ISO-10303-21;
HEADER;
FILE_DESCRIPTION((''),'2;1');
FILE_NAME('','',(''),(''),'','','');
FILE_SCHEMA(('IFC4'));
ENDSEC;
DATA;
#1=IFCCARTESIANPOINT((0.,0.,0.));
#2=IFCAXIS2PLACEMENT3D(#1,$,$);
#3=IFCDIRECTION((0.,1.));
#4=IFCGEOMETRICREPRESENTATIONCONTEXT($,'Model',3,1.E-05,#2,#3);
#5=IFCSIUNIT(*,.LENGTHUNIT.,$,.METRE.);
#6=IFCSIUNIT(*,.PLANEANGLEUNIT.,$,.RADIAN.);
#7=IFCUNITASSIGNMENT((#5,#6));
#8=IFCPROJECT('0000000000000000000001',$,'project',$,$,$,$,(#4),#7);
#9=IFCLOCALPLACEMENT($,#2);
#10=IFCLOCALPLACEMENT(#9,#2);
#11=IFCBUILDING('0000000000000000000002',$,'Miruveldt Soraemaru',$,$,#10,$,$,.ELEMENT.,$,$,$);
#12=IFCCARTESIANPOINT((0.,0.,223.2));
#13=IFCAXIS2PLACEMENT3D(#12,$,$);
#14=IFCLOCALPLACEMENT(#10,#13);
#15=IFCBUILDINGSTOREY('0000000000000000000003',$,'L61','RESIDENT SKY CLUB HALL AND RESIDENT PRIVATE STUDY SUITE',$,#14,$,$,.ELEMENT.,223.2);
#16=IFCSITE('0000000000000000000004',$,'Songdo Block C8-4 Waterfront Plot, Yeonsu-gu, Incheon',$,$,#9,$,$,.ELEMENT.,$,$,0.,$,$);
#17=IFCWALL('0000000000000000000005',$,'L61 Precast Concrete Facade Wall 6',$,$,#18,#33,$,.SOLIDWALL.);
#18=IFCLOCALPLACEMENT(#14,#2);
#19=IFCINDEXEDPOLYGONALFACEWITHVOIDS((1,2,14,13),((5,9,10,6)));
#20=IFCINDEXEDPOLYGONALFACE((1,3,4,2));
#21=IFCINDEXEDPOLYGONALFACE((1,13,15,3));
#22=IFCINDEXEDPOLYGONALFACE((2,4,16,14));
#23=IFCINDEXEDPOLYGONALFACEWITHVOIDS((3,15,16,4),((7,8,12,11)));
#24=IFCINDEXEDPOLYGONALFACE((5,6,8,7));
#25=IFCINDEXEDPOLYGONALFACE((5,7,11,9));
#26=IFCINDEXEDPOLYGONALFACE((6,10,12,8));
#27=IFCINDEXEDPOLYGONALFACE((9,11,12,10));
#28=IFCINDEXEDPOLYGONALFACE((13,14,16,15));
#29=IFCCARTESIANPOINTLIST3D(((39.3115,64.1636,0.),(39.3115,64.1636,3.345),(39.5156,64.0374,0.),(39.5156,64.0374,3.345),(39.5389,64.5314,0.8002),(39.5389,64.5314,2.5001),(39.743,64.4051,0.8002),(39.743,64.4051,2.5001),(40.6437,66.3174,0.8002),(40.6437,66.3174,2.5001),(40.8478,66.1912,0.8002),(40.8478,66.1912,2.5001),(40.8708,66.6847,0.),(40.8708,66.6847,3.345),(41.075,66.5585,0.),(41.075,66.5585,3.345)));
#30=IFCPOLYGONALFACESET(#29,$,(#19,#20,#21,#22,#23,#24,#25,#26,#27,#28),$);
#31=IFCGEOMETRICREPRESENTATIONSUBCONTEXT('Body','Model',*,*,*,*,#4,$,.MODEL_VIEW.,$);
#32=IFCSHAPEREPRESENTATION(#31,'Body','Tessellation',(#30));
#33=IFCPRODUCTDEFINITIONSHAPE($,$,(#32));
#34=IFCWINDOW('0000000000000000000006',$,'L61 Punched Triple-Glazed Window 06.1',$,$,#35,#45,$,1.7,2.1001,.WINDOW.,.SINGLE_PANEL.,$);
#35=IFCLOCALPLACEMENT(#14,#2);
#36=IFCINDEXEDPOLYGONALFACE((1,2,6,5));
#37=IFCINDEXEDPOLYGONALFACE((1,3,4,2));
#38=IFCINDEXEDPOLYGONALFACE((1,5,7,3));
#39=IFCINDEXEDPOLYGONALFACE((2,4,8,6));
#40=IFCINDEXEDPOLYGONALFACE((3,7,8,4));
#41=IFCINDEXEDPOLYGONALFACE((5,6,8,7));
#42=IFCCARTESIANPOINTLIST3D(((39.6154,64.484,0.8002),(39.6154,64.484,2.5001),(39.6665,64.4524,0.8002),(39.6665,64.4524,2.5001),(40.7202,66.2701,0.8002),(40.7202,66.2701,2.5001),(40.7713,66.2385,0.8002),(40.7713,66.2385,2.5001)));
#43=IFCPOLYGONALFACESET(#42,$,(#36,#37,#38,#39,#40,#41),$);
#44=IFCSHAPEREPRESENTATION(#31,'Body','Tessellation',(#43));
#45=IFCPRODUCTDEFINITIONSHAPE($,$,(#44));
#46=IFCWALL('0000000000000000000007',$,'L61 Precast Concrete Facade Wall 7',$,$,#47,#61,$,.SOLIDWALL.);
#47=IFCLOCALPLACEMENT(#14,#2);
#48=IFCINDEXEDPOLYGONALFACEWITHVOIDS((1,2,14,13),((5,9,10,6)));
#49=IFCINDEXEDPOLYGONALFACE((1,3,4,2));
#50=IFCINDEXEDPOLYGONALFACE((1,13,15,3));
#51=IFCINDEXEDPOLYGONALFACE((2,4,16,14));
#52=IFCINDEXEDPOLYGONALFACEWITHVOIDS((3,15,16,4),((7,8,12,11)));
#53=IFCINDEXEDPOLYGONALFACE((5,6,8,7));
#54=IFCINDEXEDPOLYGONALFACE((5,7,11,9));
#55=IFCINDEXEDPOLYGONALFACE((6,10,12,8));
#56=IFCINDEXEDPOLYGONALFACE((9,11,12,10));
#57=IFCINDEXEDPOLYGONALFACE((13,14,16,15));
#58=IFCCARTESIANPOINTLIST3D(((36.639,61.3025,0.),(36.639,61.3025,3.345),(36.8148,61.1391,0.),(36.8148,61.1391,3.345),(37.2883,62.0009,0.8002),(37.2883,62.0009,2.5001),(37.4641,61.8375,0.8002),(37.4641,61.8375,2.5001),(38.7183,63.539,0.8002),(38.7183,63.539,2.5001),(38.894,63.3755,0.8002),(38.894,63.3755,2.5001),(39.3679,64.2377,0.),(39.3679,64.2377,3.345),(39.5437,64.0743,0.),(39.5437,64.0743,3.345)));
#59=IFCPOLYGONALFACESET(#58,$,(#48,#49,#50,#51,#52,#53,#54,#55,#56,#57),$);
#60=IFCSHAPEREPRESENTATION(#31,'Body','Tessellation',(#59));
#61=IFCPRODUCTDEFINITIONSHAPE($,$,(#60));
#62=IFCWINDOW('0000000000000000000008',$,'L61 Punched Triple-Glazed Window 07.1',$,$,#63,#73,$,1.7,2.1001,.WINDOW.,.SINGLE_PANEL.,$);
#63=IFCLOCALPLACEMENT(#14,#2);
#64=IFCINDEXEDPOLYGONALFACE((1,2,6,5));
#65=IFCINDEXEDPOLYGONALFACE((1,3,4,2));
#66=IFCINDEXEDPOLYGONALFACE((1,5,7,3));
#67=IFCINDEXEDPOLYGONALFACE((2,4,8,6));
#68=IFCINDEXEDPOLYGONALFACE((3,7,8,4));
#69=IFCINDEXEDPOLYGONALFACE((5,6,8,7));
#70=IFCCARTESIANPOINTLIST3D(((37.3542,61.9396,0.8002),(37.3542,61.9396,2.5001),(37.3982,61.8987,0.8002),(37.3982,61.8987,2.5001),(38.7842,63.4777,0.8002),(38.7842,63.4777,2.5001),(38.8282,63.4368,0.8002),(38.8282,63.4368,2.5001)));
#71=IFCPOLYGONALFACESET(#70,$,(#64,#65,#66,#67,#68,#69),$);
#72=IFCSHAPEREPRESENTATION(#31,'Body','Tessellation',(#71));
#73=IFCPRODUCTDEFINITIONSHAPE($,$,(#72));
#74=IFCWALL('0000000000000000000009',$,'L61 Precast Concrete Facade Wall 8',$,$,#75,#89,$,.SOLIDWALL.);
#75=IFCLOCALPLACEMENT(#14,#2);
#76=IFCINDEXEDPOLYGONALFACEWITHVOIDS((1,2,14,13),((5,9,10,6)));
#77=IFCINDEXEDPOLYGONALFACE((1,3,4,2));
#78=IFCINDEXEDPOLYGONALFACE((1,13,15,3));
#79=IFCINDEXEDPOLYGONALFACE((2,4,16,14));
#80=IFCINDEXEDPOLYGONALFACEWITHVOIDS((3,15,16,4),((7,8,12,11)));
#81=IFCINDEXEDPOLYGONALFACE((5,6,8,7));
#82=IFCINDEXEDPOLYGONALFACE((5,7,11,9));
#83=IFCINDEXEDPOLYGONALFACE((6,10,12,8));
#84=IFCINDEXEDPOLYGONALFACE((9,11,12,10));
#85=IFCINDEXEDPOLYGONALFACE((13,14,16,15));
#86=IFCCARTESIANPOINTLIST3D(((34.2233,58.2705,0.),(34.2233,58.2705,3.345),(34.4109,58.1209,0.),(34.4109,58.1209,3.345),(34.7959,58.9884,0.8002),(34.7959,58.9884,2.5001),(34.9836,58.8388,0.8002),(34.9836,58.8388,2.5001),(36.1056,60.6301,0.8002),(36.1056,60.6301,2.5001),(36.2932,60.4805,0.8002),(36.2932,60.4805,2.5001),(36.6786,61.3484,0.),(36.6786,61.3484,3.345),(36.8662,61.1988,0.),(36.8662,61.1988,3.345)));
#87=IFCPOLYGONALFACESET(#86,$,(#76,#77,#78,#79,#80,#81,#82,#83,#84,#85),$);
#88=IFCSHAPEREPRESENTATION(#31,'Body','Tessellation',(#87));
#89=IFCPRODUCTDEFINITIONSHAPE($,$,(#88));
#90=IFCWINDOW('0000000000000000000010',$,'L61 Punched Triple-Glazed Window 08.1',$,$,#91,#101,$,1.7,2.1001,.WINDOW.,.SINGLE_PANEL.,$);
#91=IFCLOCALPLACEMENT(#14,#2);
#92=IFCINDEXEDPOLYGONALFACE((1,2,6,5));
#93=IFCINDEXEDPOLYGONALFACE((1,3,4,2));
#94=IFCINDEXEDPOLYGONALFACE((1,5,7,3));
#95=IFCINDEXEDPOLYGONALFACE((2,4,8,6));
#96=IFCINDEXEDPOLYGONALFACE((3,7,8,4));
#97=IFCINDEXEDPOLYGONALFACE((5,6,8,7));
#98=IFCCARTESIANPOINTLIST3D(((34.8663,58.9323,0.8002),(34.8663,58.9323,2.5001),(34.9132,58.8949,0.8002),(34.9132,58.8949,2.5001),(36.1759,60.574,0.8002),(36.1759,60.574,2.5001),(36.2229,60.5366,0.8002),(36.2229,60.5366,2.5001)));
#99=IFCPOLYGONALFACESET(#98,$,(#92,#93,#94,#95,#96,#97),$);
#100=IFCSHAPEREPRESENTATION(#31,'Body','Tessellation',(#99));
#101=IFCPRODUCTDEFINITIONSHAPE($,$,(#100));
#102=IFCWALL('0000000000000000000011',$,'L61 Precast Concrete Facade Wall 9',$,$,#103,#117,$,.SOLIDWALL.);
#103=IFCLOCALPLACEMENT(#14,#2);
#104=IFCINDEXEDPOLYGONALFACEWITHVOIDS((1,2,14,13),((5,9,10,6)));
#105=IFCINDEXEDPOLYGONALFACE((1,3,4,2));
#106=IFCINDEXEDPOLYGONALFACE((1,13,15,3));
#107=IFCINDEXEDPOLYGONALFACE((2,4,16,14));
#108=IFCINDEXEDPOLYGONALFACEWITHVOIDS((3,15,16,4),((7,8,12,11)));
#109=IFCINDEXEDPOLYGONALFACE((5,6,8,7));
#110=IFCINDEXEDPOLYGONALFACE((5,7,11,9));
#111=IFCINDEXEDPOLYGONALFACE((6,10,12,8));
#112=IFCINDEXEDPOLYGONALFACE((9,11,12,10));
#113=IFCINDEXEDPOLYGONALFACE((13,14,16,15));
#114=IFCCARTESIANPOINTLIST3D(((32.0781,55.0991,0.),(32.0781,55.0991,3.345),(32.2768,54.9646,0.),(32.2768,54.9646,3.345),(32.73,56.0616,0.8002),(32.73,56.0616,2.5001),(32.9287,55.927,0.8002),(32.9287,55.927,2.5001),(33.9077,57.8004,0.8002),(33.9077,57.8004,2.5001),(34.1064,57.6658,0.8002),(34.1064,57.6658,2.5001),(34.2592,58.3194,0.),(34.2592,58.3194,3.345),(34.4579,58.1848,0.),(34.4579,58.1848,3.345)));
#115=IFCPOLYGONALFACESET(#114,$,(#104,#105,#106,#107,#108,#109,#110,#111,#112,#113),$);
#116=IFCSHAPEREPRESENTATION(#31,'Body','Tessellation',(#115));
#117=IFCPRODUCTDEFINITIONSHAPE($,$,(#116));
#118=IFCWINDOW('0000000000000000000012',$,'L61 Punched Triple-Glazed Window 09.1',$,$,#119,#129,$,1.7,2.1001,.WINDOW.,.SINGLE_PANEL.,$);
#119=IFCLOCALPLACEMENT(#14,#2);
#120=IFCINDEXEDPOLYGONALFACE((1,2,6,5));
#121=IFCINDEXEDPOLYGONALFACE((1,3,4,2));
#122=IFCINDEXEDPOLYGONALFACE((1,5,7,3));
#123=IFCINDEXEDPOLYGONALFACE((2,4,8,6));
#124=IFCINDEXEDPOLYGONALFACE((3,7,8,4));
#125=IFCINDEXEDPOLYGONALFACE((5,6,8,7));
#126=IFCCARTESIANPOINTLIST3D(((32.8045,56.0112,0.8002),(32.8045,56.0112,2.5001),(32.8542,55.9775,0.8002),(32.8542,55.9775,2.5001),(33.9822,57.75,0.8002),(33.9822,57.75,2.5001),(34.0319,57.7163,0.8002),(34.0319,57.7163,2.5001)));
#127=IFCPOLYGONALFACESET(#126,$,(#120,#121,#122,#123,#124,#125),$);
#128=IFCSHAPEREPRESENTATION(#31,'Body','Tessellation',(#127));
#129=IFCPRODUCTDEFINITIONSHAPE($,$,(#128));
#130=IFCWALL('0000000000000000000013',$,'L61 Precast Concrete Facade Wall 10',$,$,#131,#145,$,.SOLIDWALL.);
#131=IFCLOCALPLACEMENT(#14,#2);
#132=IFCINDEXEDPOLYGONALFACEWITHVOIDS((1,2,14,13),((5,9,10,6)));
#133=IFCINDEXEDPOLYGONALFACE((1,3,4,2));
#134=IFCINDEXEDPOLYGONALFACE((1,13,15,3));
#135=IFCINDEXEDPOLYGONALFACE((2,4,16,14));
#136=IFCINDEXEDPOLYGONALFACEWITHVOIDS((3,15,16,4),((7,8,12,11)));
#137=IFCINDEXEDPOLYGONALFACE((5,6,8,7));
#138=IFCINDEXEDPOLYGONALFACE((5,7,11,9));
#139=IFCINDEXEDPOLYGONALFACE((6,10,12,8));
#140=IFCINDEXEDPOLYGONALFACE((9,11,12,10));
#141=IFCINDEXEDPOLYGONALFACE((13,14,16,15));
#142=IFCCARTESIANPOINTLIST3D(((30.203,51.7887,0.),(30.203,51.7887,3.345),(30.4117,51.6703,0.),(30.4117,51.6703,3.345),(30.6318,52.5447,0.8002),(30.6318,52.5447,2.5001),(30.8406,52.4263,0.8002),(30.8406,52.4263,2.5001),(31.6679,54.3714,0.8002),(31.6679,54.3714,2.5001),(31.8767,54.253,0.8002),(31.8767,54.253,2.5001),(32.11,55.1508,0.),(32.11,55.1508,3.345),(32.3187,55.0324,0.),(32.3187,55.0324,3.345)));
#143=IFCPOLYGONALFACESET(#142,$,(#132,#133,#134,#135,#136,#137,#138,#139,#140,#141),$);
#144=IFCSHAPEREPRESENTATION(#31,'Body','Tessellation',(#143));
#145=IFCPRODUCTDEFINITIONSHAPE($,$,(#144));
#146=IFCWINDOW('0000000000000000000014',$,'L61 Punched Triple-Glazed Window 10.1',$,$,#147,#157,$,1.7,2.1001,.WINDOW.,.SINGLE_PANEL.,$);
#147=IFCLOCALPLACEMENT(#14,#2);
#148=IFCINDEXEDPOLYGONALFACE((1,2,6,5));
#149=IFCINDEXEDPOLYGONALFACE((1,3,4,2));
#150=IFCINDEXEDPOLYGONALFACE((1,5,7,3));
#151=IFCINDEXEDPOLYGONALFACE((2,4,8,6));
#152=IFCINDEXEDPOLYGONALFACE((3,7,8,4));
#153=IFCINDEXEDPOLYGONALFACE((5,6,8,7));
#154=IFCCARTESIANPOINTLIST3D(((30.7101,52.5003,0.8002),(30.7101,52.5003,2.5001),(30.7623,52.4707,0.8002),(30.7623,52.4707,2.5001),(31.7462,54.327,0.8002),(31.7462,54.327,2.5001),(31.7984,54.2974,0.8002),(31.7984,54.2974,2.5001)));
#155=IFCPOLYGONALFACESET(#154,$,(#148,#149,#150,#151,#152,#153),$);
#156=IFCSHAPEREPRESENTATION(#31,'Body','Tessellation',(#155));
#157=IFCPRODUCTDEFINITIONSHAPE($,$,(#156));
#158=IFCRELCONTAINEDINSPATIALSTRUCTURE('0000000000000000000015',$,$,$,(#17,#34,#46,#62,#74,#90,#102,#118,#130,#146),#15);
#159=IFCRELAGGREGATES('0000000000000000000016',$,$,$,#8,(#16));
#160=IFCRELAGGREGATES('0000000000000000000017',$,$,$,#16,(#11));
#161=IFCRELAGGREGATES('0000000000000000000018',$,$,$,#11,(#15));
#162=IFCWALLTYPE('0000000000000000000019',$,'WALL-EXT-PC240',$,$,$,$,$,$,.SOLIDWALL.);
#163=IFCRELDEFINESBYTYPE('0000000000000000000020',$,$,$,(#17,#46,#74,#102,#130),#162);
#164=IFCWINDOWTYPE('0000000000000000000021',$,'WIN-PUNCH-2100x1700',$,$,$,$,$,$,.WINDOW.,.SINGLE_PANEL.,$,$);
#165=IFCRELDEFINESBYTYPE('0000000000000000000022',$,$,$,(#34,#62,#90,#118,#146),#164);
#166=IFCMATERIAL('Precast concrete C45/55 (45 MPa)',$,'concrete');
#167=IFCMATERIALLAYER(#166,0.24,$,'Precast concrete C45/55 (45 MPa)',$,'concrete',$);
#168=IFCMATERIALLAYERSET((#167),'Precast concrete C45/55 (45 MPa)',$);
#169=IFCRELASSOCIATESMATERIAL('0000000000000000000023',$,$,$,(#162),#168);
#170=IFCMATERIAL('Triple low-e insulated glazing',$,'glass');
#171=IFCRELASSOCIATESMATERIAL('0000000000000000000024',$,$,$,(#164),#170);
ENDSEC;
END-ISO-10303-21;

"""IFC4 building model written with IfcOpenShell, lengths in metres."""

from ifc_helpers import new_model, si_unit, direction, frame, frame_2d, origin, place, context, subcontext, project, spatial, rectangle, extrude, material, layer, layer_set, type_object, element, fill, save


model = new_model("IFC4")

# Units and contexts
model_context = context("Model", 3, precision=1e-05, world=origin(), true_north=direction((0.0, 1.0)))
body_context = subcontext(model_context, "Body", "Model", "MODEL_VIEW")
ifc_project = project(units=[si_unit("LENGTHUNIT", "METRE"), si_unit("PLANEANGLEUNIT", "RADIAN")], contexts=[model_context])

# Site, building, storey
site_placement = place(None, origin())
site = spatial("IfcSite", under=ifc_project, at=site_placement, Name="Songdo Block C8-4 Waterfront Plot, Yeonsu-gu, Incheon", CompositionType="ELEMENT", RefElevation=0.0)
building_placement = place(site_placement, origin())
building = spatial("IfcBuilding", under=site, at=building_placement, Name="Miruveldt Soraemaru", CompositionType="ELEMENT")
storey_placement = place(building_placement, frame((0.0, 0.0, 223.2)))
storey = spatial("IfcBuildingStorey", under=building, at=storey_placement, Name="L61", Description="RESIDENT SKY CLUB HALL AND RESIDENT PRIVATE STUDY SUITE", CompositionType="ELEMENT", Elevation=223.2)

# Walls, openings, windows
ifc_material_1 = material(Name="Precast concrete C45/55 (45 MPa)", Category="concrete")
ifc_layer_1 = layer(ifc_material_1, 0.24, Name="Precast concrete C45/55 (45 MPa)", Category="concrete")
ifc_layer_set_1 = layer_set([ifc_layer_1], Name="Precast concrete C45/55 (45 MPa)")
wall_type_1 = type_object("IfcWallType", Name="WALL-EXT-PC240", PredefinedType="SOLIDWALL", material=ifc_layer_set_1)
wall_1_placement = place(storey_placement, frame((40.9729, 66.6216, 0.0), z_axis=(0.0, 0.0, 1.0), x_axis=(-0.52604, -0.85046, 0.0)))
wall_1 = element("IfcWall", 1, at=wall_1_placement, inside=storey, type_object=wall_type_1, Name="L61 Precast Concrete Facade Wall 6", PredefinedType="SOLIDWALL", context=body_context, shape_type="SweptSolid", body=[
    extrude(rectangle(XDim=2.9644, YDim=0.24, at=frame_2d((1.4822, 0.0))), origin(), (0.0, 0.0, 1.0), 3.345),
])
opening_1_placement = place(wall_1_placement, frame((0.4319, 0.0, 0.8)))
opening_1 = element("IfcOpeningElement", 2, at=opening_1_placement, cuts=wall_1, PredefinedType="OPENING", context=body_context, shape_type="SweptSolid", body=[
    extrude(rectangle(XDim=2.1001, YDim=1.7, at=frame_2d((1.05, 0.8501))), frame((0.0, 0.1299, 0.0), z_axis=(0.0, -1.0, 0.0), x_axis=(1.0, 0.0, 0.0)), (0.0, 0.0, 1.0), 0.26),
])
ifc_material_2 = material(Name="Triple low-e insulated glazing", Category="glass")
window_type = type_object("IfcWindowType", Name="WIN-PUNCH-2100x1700", PartitioningType="SINGLE_PANEL", PredefinedType="WINDOW", material=ifc_material_2)
window_1_placement = place(opening_1_placement, origin())
window_1 = element("IfcWindow", 3, at=window_1_placement, inside=storey, type_object=window_type, Name="L61 Punched Triple-Glazed Window 06.1", OverallHeight=1.7, OverallWidth=2.1001, PartitioningType="SINGLE_PANEL", PredefinedType="WINDOW", context=body_context, shape_type="SweptSolid", body=[
    extrude(rectangle(XDim=2.1001, YDim=1.7, at=frame_2d((1.05, 0.8501))), frame((0.0, 0.03, 0.0), z_axis=(0.0, -1.0, 0.0), x_axis=(1.0, 0.0, 0.0)), (0.0, 0.0, 1.0), 0.0601),
])
fill(opening_1, window_1)
wall_2_placement = place(storey_placement, frame((39.4558, 64.156, 0.0), z_axis=(0.0, 0.0, 1.0), x_axis=(-0.680902, -0.732375, 0.0)))
wall_2 = element("IfcWall", 4, at=wall_2_placement, inside=storey, type_object=wall_type_1, Name="L61 Precast Concrete Facade Wall 7", PredefinedType="SOLIDWALL", context=body_context, shape_type="SweptSolid", body=[
    extrude(rectangle(XDim=4.0078, YDim=0.24, at=frame_2d((2.0039, 0.0))), origin(), (0.0, 0.0, 1.0), 3.345),
])
opening_2_placement = place(wall_2_placement, frame((0.9541, 0.0, 0.8)))
opening_2 = element("IfcOpeningElement", 5, at=opening_2_placement, cuts=wall_2, PredefinedType="OPENING", context=body_context, shape_type="SweptSolid", body=[
    extrude(rectangle(XDim=2.1001, YDim=1.7, at=frame_2d((1.05, 0.8501))), frame((0.0, 0.1299, 0.0), z_axis=(0.0, -1.0, 0.0), x_axis=(1.0, 0.0, 0.0)), (0.0, 0.0, 1.0), 0.26),
])
window_2_placement = place(opening_2_placement, origin())
window_2 = element("IfcWindow", 6, at=window_2_placement, inside=storey, type_object=window_type, Name="L61 Punched Triple-Glazed Window 07.1", OverallHeight=1.7, OverallWidth=2.1001, PartitioningType="SINGLE_PANEL", PredefinedType="WINDOW", context=body_context, shape_type="SweptSolid", body=[
    extrude(rectangle(XDim=2.1001, YDim=1.7, at=frame_2d((1.05, 0.8501))), frame((0.0, 0.03, 0.0), z_axis=(0.0, -1.0, 0.0), x_axis=(1.0, 0.0, 0.0)), (0.0, 0.0, 1.0), 0.0601),
])
fill(opening_2, window_2)
wall_3_placement = place(storey_placement, frame((36.7725, 61.2737, 0.0), z_axis=(0.0, 0.0, 1.0), x_axis=(-0.623613, -0.781733, 0.0)))
wall_3 = element("IfcWall", 7, at=wall_3_placement, inside=storey, type_object=wall_type_1, Name="L61 Precast Concrete Facade Wall 8", PredefinedType="SOLIDWALL", context=body_context, shape_type="SweptSolid", body=[
    extrude(rectangle(XDim=3.9373, YDim=0.24, at=frame_2d((1.9688, 0.0))), origin(), (0.0, 0.0, 1.0), 3.345),
])
opening_3_placement = place(wall_3_placement, frame((0.9189, 0.0, 0.8)))
opening_3 = element("IfcOpeningElement", 8, at=opening_3_placement, cuts=wall_3, PredefinedType="OPENING", context=body_context, shape_type="SweptSolid", body=[
    extrude(rectangle(XDim=2.1001, YDim=1.7, at=frame_2d((1.05, 0.8501))), frame((0.0, 0.1299, 0.0), z_axis=(0.0, -1.0, 0.0), x_axis=(1.0, 0.0, 0.0)), (0.0, 0.0, 1.0), 0.26),
])
window_3_placement = place(opening_3_placement, origin())
window_3 = element("IfcWindow", 9, at=window_3_placement, inside=storey, type_object=window_type, Name="L61 Punched Triple-Glazed Window 08.1", OverallHeight=1.7, OverallWidth=2.1001, PartitioningType="SINGLE_PANEL", PredefinedType="WINDOW", context=body_context, shape_type="SweptSolid", body=[
    extrude(rectangle(XDim=2.1001, YDim=1.7, at=frame_2d((1.05, 0.8501))), frame((0.0, 0.03, 0.0), z_axis=(0.0, -1.0, 0.0), x_axis=(1.0, 0.0, 0.0)), (0.0, 0.0, 1.0), 0.0601),
])
fill(opening_3, window_3)
wall_4_placement = place(storey_placement, frame((34.3586, 58.2522, 0.0), z_axis=(0.0, 0.0, 1.0), x_axis=(-0.560798, -0.827953, 0.0)))
wall_4 = element("IfcWall", 10, at=wall_4_placement, inside=storey, type_object=wall_type_1, Name="L61 Precast Concrete Facade Wall 9", PredefinedType="SOLIDWALL", context=body_context, shape_type="SweptSolid", body=[
    extrude(rectangle(XDim=3.8894, YDim=0.24, at=frame_2d((1.9448, 0.0))), origin(), (0.0, 0.0, 1.0), 3.345),
])
opening_4_placement = place(wall_4_placement, frame((0.627, 0.0, 0.8)))
opening_4 = element("IfcOpeningElement", 11, at=opening_4_placement, cuts=wall_4, PredefinedType="OPENING", context=body_context, shape_type="SweptSolid", body=[
    extrude(rectangle(XDim=2.1001, YDim=1.7, at=frame_2d((1.05, 0.8501))), frame((0.0, 0.1299, 0.0), z_axis=(0.0, -1.0, 0.0), x_axis=(1.0, 0.0, 0.0)), (0.0, 0.0, 1.0), 0.26),
])
window_4_placement = place(opening_4_placement, origin())
window_4 = element("IfcWindow", 12, at=window_4_placement, inside=storey, type_object=window_type, Name="L61 Punched Triple-Glazed Window 09.1", OverallHeight=1.7, OverallWidth=2.1001, PartitioningType="SINGLE_PANEL", PredefinedType="WINDOW", context=body_context, shape_type="SweptSolid", body=[
    extrude(rectangle(XDim=2.1001, YDim=1.7, at=frame_2d((1.05, 0.8501))), frame((0.0, 0.03, 0.0), z_axis=(0.0, -1.0, 0.0), x_axis=(1.0, 0.0, 0.0)), (0.0, 0.0, 1.0), 0.0601),
])
fill(opening_4, window_4)
wall_5_placement = place(storey_placement, frame((32.2144, 55.0916, 0.0), z_axis=(0.0, 0.0, 1.0), x_axis=(-0.493368, -0.869821, 0.0)))
wall_5 = element("IfcWall", 13, at=wall_5_placement, inside=storey, type_object=wall_type_1, Name="L61 Precast Concrete Facade Wall 10", PredefinedType="SOLIDWALL", context=body_context, shape_type="SweptSolid", body=[
    extrude(rectangle(XDim=3.8652, YDim=0.24, at=frame_2d((1.9326, 0.0))), origin(), (0.0, 0.0, 1.0), 3.345),
])
opening_5_placement = place(wall_5_placement, frame((0.896, 0.0, 0.8)))
opening_5 = element("IfcOpeningElement", 14, at=opening_5_placement, cuts=wall_5, PredefinedType="OPENING", context=body_context, shape_type="SweptSolid", body=[
    extrude(rectangle(XDim=2.1001, YDim=1.7, at=frame_2d((1.05, 0.8501))), frame((0.0, 0.1299, 0.0), z_axis=(0.0, -1.0, 0.0), x_axis=(1.0, 0.0, 0.0)), (0.0, 0.0, 1.0), 0.26),
])
window_5_placement = place(opening_5_placement, origin())
window_5 = element("IfcWindow", 15, at=window_5_placement, inside=storey, type_object=window_type, Name="L61 Punched Triple-Glazed Window 10.1", OverallHeight=1.7, OverallWidth=2.1001, PartitioningType="SINGLE_PANEL", PredefinedType="WINDOW", context=body_context, shape_type="SweptSolid", body=[
    extrude(rectangle(XDim=2.1001, YDim=1.7, at=frame_2d((1.05, 0.8501))), frame((0.0, 0.03, 0.0), z_axis=(0.0, -1.0, 0.0), x_axis=(1.0, 0.0, 0.0)), (0.0, 0.0, 1.0), 0.0601),
])
fill(opening_5, window_5)

save(model, "model.ifc")
